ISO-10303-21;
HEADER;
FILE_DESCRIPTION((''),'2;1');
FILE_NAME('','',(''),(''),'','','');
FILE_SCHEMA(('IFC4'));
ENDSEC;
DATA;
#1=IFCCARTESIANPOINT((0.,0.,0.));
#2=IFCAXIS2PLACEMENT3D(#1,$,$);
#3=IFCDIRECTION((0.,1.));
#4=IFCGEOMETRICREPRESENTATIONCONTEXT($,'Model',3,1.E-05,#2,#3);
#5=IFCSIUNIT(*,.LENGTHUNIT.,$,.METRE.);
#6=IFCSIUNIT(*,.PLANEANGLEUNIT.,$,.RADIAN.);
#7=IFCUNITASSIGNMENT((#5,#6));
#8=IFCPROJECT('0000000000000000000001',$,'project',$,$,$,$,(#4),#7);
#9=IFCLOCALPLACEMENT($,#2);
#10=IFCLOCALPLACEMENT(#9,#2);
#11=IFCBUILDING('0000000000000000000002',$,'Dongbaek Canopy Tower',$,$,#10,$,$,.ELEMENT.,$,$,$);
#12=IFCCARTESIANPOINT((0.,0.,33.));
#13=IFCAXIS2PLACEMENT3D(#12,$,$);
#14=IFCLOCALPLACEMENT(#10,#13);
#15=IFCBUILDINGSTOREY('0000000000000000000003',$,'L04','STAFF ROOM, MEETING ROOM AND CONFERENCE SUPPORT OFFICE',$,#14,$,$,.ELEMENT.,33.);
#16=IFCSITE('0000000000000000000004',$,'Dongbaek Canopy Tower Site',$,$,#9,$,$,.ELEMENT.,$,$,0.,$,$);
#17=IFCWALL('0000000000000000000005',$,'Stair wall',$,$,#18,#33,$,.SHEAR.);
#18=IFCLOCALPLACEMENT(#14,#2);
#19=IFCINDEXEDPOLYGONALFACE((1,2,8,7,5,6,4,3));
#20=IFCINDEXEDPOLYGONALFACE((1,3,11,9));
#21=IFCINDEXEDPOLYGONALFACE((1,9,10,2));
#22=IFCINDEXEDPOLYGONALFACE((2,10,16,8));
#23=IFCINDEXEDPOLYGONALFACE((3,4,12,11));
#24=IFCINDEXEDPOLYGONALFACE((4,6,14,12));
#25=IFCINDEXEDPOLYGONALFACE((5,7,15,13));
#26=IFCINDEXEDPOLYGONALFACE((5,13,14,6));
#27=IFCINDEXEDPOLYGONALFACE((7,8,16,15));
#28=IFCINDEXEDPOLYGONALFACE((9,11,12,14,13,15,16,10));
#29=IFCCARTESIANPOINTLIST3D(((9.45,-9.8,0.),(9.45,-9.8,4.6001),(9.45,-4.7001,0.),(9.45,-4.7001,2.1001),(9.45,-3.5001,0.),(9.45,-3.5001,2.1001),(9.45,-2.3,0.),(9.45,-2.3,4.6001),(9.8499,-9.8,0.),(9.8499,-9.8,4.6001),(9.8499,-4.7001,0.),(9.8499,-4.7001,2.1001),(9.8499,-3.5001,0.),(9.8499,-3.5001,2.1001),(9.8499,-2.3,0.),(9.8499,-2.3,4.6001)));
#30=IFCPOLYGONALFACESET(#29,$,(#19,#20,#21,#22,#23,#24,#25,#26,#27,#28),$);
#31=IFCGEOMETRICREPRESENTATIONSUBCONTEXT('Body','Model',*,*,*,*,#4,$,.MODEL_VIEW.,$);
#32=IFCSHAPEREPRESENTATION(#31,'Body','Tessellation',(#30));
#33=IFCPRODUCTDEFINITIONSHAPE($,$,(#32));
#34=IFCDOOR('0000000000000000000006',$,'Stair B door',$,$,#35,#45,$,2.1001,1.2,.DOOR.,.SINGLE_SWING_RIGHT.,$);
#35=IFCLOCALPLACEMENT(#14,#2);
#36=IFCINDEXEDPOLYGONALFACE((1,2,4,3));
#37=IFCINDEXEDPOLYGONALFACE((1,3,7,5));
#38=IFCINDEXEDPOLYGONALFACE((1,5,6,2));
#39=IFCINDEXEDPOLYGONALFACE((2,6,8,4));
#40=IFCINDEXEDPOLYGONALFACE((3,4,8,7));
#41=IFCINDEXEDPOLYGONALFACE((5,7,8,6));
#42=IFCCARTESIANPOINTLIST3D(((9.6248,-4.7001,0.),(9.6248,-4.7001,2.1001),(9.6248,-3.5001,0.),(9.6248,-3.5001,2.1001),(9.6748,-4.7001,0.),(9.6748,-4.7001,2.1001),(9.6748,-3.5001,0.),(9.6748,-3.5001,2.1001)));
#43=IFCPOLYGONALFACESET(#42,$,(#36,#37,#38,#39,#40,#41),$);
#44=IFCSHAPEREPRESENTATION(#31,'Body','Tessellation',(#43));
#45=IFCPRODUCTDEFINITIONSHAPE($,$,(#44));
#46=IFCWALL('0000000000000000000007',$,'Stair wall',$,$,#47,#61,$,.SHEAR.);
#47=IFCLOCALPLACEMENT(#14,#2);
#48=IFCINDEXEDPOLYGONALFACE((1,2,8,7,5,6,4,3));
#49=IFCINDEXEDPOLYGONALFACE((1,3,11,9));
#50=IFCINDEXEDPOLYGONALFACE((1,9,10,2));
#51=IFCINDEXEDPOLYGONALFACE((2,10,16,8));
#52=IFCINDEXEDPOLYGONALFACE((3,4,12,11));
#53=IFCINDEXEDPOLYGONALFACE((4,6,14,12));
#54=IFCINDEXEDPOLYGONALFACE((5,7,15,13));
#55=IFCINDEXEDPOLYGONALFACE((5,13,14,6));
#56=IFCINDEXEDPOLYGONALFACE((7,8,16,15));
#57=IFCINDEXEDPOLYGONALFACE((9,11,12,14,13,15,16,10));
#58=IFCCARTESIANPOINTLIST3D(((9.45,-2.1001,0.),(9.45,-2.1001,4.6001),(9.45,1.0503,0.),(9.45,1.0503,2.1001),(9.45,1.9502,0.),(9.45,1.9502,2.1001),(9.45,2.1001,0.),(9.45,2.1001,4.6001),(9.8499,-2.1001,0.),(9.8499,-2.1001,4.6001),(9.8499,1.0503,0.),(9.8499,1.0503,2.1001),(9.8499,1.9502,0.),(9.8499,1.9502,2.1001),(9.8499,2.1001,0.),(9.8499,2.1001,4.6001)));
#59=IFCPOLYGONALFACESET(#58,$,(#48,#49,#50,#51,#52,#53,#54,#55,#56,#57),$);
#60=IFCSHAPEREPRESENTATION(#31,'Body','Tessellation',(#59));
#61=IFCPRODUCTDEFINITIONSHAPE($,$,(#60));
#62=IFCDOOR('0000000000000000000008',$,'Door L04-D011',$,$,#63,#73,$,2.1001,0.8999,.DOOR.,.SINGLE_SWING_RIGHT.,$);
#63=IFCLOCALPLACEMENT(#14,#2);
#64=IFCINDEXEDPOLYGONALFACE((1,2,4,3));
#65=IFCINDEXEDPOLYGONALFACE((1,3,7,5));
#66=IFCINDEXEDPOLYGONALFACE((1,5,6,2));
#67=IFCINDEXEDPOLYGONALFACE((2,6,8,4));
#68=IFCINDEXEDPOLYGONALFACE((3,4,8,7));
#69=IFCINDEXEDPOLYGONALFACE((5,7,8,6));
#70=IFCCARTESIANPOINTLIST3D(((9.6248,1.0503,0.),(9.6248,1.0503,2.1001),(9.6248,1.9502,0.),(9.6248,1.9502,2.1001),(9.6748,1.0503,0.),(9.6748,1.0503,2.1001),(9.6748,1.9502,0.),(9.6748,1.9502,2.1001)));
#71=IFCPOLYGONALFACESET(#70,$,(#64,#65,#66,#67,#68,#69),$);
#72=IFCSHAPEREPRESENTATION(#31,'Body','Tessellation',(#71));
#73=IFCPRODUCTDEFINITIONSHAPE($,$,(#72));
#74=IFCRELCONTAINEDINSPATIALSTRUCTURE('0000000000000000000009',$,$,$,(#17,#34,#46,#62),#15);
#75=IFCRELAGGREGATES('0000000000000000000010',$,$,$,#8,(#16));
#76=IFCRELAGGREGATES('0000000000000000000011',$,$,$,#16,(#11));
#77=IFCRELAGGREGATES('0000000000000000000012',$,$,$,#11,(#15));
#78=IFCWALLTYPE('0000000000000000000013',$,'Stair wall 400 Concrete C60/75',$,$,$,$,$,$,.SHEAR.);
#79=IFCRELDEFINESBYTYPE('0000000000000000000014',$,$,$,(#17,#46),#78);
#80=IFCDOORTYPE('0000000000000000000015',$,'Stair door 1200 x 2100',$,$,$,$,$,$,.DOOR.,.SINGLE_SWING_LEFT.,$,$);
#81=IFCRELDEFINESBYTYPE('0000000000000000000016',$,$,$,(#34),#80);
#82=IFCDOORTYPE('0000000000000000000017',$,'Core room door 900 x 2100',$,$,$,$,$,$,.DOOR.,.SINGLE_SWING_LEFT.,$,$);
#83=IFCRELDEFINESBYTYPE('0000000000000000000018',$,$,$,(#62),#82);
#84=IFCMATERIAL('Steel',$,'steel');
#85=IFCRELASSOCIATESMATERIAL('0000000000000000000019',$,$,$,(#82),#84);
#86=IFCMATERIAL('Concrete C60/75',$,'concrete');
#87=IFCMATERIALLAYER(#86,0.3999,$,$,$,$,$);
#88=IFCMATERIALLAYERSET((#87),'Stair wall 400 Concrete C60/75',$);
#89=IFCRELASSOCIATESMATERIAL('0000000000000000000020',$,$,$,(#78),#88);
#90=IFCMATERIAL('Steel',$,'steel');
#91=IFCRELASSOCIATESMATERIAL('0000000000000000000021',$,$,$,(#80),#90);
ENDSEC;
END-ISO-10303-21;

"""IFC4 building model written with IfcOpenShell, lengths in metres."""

from ifc_helpers import new_model, si_unit, direction, frame, frame_2d, origin, place, context, subcontext, project, spatial, rectangle, extrude, material, layer, layer_set, type_object, element, fill, save


model = new_model("IFC4")

# Units and contexts
model_context = context("Model", 3, precision=1e-05, world=origin(), true_north=direction((0.0, 1.0)))
body_context = subcontext(model_context, "Body", "Model", "MODEL_VIEW")
ifc_project = project(units=[si_unit("LENGTHUNIT", "METRE"), si_unit("PLANEANGLEUNIT", "RADIAN")], contexts=[model_context])

# Site, building, storey
site_placement = place(None, origin())
site = spatial("IfcSite", under=ifc_project, at=site_placement, Name="Dongbaek Canopy Tower Site", CompositionType="ELEMENT", RefElevation=0.0)
building_placement = place(site_placement, origin())
building = spatial("IfcBuilding", under=site, at=building_placement, Name="Dongbaek Canopy Tower", CompositionType="ELEMENT")
storey_placement = place(building_placement, frame((0.0, 0.0, 33.0)))
storey = spatial("IfcBuildingStorey", under=building, at=storey_placement, Name="L04", Description="STAFF ROOM, MEETING ROOM AND CONFERENCE SUPPORT OFFICE", CompositionType="ELEMENT", Elevation=33.0)

# Shared definitions
ifc_material_1 = material(Name="Steel", Category="steel")
door_type_1 = type_object("IfcDoorType", Name="Core room door 900 x 2100", OperationType="SINGLE_SWING_LEFT", PredefinedType="DOOR", material=ifc_material_1)

# Walls, openings, doors
ifc_material_2 = material(Name="Concrete C60/75", Category="concrete")
ifc_layer_1 = layer(ifc_material_2, 0.3999)
ifc_layer_set_1 = layer_set([ifc_layer_1], Name="Stair wall 400 Concrete C60/75")
wall_type_1 = type_object("IfcWallType", Name="Stair wall 400 Concrete C60/75", PredefinedType="SHEAR", material=ifc_layer_set_1)
wall_1_placement = place(storey_placement, frame((9.6499, -2.3, 0.0), z_axis=(0.0, 0.0, 1.0), x_axis=(0.0, -1.0, 0.0)))
wall_1 = element("IfcWall", 1, at=wall_1_placement, inside=storey, type_object=wall_type_1, Name="Stair wall", PredefinedType="SHEAR", context=body_context, shape_type="SweptSolid", body=[
    extrude(rectangle(XDim=7.5, YDim=0.3999, at=frame_2d((3.75, 0.0))), origin(), (0.0, 0.0, 1.0), 4.6001),
])
opening_1_placement = place(wall_1_placement, frame((1.2, 0.0, 0.0)))
opening_1 = element("IfcOpeningElement", 2, at=opening_1_placement, cuts=wall_1, PredefinedType="OPENING", context=body_context, shape_type="SweptSolid", body=[
    extrude(rectangle(XDim=1.2, YDim=2.1001, at=frame_2d((0.6001, 1.05))), frame((0.0, 0.21, 0.0), z_axis=(0.0, -1.0, 0.0), x_axis=(1.0, 0.0, 0.0)), (0.0, 0.0, 1.0), 0.4199),
])
ifc_material_3 = material(Name="Steel", Category="steel")
door_type_2 = type_object("IfcDoorType", Name="Stair door 1200 x 2100", OperationType="SINGLE_SWING_LEFT", PredefinedType="DOOR", material=ifc_material_3)
door_1_placement = place(opening_1_placement, origin())
door_1 = element("IfcDoor", 3, at=door_1_placement, inside=storey, type_object=door_type_2, Name="Stair B door", OperationType="SINGLE_SWING_RIGHT", OverallHeight=2.1001, OverallWidth=1.2, PredefinedType="DOOR", context=body_context, shape_type="SweptSolid", body=[
    extrude(rectangle(XDim=1.2, YDim=2.1001, at=frame_2d((0.6001, 1.05))), frame((0.0, 0.0249, 0.0), z_axis=(0.0, -1.0, 0.0), x_axis=(1.0, 0.0, 0.0)), (0.0, 0.0, 1.0), 0.05),
])
fill(opening_1, door_1)
wall_2_placement = place(storey_placement, frame((9.6499, 2.1001, 0.0), z_axis=(0.0, 0.0, 1.0), x_axis=(0.0, -1.0, 0.0)))
wall_2 = element("IfcWall", 4, at=wall_2_placement, inside=storey, type_object=wall_type_1, Name="Stair wall", PredefinedType="SHEAR", context=body_context, shape_type="SweptSolid", body=[
    extrude(rectangle(XDim=4.2002, YDim=0.3999, at=frame_2d((2.1001, 0.0))), origin(), (0.0, 0.0, 1.0), 4.6001),
])
opening_2_placement = place(wall_2_placement, frame((0.1499, 0.0, 0.0)))
opening_2 = element("IfcOpeningElement", 5, at=opening_2_placement, cuts=wall_2, PredefinedType="OPENING", context=body_context, shape_type="SweptSolid", body=[
    extrude(rectangle(XDim=0.8999, YDim=2.1001, at=frame_2d((0.45, 1.05))), frame((0.0, 0.21, 0.0), z_axis=(0.0, -1.0, 0.0), x_axis=(1.0, 0.0, 0.0)), (0.0, 0.0, 1.0), 0.4199),
])
door_2_placement = place(opening_2_placement, origin())
door_2 = element("IfcDoor", 6, at=door_2_placement, inside=storey, type_object=door_type_1, Name="Door L04-D011", OperationType="SINGLE_SWING_RIGHT", OverallHeight=2.1001, OverallWidth=0.8999, PredefinedType="DOOR", context=body_context, shape_type="SweptSolid", body=[
    extrude(rectangle(XDim=0.8999, YDim=2.1001, at=frame_2d((0.45, 1.05))), frame((0.0, 0.0249, 0.0), z_axis=(0.0, -1.0, 0.0), x_axis=(1.0, 0.0, 0.0)), (0.0, 0.0, 1.0), 0.05),
])
fill(opening_2, door_2)

save(model, "model.ifc")
